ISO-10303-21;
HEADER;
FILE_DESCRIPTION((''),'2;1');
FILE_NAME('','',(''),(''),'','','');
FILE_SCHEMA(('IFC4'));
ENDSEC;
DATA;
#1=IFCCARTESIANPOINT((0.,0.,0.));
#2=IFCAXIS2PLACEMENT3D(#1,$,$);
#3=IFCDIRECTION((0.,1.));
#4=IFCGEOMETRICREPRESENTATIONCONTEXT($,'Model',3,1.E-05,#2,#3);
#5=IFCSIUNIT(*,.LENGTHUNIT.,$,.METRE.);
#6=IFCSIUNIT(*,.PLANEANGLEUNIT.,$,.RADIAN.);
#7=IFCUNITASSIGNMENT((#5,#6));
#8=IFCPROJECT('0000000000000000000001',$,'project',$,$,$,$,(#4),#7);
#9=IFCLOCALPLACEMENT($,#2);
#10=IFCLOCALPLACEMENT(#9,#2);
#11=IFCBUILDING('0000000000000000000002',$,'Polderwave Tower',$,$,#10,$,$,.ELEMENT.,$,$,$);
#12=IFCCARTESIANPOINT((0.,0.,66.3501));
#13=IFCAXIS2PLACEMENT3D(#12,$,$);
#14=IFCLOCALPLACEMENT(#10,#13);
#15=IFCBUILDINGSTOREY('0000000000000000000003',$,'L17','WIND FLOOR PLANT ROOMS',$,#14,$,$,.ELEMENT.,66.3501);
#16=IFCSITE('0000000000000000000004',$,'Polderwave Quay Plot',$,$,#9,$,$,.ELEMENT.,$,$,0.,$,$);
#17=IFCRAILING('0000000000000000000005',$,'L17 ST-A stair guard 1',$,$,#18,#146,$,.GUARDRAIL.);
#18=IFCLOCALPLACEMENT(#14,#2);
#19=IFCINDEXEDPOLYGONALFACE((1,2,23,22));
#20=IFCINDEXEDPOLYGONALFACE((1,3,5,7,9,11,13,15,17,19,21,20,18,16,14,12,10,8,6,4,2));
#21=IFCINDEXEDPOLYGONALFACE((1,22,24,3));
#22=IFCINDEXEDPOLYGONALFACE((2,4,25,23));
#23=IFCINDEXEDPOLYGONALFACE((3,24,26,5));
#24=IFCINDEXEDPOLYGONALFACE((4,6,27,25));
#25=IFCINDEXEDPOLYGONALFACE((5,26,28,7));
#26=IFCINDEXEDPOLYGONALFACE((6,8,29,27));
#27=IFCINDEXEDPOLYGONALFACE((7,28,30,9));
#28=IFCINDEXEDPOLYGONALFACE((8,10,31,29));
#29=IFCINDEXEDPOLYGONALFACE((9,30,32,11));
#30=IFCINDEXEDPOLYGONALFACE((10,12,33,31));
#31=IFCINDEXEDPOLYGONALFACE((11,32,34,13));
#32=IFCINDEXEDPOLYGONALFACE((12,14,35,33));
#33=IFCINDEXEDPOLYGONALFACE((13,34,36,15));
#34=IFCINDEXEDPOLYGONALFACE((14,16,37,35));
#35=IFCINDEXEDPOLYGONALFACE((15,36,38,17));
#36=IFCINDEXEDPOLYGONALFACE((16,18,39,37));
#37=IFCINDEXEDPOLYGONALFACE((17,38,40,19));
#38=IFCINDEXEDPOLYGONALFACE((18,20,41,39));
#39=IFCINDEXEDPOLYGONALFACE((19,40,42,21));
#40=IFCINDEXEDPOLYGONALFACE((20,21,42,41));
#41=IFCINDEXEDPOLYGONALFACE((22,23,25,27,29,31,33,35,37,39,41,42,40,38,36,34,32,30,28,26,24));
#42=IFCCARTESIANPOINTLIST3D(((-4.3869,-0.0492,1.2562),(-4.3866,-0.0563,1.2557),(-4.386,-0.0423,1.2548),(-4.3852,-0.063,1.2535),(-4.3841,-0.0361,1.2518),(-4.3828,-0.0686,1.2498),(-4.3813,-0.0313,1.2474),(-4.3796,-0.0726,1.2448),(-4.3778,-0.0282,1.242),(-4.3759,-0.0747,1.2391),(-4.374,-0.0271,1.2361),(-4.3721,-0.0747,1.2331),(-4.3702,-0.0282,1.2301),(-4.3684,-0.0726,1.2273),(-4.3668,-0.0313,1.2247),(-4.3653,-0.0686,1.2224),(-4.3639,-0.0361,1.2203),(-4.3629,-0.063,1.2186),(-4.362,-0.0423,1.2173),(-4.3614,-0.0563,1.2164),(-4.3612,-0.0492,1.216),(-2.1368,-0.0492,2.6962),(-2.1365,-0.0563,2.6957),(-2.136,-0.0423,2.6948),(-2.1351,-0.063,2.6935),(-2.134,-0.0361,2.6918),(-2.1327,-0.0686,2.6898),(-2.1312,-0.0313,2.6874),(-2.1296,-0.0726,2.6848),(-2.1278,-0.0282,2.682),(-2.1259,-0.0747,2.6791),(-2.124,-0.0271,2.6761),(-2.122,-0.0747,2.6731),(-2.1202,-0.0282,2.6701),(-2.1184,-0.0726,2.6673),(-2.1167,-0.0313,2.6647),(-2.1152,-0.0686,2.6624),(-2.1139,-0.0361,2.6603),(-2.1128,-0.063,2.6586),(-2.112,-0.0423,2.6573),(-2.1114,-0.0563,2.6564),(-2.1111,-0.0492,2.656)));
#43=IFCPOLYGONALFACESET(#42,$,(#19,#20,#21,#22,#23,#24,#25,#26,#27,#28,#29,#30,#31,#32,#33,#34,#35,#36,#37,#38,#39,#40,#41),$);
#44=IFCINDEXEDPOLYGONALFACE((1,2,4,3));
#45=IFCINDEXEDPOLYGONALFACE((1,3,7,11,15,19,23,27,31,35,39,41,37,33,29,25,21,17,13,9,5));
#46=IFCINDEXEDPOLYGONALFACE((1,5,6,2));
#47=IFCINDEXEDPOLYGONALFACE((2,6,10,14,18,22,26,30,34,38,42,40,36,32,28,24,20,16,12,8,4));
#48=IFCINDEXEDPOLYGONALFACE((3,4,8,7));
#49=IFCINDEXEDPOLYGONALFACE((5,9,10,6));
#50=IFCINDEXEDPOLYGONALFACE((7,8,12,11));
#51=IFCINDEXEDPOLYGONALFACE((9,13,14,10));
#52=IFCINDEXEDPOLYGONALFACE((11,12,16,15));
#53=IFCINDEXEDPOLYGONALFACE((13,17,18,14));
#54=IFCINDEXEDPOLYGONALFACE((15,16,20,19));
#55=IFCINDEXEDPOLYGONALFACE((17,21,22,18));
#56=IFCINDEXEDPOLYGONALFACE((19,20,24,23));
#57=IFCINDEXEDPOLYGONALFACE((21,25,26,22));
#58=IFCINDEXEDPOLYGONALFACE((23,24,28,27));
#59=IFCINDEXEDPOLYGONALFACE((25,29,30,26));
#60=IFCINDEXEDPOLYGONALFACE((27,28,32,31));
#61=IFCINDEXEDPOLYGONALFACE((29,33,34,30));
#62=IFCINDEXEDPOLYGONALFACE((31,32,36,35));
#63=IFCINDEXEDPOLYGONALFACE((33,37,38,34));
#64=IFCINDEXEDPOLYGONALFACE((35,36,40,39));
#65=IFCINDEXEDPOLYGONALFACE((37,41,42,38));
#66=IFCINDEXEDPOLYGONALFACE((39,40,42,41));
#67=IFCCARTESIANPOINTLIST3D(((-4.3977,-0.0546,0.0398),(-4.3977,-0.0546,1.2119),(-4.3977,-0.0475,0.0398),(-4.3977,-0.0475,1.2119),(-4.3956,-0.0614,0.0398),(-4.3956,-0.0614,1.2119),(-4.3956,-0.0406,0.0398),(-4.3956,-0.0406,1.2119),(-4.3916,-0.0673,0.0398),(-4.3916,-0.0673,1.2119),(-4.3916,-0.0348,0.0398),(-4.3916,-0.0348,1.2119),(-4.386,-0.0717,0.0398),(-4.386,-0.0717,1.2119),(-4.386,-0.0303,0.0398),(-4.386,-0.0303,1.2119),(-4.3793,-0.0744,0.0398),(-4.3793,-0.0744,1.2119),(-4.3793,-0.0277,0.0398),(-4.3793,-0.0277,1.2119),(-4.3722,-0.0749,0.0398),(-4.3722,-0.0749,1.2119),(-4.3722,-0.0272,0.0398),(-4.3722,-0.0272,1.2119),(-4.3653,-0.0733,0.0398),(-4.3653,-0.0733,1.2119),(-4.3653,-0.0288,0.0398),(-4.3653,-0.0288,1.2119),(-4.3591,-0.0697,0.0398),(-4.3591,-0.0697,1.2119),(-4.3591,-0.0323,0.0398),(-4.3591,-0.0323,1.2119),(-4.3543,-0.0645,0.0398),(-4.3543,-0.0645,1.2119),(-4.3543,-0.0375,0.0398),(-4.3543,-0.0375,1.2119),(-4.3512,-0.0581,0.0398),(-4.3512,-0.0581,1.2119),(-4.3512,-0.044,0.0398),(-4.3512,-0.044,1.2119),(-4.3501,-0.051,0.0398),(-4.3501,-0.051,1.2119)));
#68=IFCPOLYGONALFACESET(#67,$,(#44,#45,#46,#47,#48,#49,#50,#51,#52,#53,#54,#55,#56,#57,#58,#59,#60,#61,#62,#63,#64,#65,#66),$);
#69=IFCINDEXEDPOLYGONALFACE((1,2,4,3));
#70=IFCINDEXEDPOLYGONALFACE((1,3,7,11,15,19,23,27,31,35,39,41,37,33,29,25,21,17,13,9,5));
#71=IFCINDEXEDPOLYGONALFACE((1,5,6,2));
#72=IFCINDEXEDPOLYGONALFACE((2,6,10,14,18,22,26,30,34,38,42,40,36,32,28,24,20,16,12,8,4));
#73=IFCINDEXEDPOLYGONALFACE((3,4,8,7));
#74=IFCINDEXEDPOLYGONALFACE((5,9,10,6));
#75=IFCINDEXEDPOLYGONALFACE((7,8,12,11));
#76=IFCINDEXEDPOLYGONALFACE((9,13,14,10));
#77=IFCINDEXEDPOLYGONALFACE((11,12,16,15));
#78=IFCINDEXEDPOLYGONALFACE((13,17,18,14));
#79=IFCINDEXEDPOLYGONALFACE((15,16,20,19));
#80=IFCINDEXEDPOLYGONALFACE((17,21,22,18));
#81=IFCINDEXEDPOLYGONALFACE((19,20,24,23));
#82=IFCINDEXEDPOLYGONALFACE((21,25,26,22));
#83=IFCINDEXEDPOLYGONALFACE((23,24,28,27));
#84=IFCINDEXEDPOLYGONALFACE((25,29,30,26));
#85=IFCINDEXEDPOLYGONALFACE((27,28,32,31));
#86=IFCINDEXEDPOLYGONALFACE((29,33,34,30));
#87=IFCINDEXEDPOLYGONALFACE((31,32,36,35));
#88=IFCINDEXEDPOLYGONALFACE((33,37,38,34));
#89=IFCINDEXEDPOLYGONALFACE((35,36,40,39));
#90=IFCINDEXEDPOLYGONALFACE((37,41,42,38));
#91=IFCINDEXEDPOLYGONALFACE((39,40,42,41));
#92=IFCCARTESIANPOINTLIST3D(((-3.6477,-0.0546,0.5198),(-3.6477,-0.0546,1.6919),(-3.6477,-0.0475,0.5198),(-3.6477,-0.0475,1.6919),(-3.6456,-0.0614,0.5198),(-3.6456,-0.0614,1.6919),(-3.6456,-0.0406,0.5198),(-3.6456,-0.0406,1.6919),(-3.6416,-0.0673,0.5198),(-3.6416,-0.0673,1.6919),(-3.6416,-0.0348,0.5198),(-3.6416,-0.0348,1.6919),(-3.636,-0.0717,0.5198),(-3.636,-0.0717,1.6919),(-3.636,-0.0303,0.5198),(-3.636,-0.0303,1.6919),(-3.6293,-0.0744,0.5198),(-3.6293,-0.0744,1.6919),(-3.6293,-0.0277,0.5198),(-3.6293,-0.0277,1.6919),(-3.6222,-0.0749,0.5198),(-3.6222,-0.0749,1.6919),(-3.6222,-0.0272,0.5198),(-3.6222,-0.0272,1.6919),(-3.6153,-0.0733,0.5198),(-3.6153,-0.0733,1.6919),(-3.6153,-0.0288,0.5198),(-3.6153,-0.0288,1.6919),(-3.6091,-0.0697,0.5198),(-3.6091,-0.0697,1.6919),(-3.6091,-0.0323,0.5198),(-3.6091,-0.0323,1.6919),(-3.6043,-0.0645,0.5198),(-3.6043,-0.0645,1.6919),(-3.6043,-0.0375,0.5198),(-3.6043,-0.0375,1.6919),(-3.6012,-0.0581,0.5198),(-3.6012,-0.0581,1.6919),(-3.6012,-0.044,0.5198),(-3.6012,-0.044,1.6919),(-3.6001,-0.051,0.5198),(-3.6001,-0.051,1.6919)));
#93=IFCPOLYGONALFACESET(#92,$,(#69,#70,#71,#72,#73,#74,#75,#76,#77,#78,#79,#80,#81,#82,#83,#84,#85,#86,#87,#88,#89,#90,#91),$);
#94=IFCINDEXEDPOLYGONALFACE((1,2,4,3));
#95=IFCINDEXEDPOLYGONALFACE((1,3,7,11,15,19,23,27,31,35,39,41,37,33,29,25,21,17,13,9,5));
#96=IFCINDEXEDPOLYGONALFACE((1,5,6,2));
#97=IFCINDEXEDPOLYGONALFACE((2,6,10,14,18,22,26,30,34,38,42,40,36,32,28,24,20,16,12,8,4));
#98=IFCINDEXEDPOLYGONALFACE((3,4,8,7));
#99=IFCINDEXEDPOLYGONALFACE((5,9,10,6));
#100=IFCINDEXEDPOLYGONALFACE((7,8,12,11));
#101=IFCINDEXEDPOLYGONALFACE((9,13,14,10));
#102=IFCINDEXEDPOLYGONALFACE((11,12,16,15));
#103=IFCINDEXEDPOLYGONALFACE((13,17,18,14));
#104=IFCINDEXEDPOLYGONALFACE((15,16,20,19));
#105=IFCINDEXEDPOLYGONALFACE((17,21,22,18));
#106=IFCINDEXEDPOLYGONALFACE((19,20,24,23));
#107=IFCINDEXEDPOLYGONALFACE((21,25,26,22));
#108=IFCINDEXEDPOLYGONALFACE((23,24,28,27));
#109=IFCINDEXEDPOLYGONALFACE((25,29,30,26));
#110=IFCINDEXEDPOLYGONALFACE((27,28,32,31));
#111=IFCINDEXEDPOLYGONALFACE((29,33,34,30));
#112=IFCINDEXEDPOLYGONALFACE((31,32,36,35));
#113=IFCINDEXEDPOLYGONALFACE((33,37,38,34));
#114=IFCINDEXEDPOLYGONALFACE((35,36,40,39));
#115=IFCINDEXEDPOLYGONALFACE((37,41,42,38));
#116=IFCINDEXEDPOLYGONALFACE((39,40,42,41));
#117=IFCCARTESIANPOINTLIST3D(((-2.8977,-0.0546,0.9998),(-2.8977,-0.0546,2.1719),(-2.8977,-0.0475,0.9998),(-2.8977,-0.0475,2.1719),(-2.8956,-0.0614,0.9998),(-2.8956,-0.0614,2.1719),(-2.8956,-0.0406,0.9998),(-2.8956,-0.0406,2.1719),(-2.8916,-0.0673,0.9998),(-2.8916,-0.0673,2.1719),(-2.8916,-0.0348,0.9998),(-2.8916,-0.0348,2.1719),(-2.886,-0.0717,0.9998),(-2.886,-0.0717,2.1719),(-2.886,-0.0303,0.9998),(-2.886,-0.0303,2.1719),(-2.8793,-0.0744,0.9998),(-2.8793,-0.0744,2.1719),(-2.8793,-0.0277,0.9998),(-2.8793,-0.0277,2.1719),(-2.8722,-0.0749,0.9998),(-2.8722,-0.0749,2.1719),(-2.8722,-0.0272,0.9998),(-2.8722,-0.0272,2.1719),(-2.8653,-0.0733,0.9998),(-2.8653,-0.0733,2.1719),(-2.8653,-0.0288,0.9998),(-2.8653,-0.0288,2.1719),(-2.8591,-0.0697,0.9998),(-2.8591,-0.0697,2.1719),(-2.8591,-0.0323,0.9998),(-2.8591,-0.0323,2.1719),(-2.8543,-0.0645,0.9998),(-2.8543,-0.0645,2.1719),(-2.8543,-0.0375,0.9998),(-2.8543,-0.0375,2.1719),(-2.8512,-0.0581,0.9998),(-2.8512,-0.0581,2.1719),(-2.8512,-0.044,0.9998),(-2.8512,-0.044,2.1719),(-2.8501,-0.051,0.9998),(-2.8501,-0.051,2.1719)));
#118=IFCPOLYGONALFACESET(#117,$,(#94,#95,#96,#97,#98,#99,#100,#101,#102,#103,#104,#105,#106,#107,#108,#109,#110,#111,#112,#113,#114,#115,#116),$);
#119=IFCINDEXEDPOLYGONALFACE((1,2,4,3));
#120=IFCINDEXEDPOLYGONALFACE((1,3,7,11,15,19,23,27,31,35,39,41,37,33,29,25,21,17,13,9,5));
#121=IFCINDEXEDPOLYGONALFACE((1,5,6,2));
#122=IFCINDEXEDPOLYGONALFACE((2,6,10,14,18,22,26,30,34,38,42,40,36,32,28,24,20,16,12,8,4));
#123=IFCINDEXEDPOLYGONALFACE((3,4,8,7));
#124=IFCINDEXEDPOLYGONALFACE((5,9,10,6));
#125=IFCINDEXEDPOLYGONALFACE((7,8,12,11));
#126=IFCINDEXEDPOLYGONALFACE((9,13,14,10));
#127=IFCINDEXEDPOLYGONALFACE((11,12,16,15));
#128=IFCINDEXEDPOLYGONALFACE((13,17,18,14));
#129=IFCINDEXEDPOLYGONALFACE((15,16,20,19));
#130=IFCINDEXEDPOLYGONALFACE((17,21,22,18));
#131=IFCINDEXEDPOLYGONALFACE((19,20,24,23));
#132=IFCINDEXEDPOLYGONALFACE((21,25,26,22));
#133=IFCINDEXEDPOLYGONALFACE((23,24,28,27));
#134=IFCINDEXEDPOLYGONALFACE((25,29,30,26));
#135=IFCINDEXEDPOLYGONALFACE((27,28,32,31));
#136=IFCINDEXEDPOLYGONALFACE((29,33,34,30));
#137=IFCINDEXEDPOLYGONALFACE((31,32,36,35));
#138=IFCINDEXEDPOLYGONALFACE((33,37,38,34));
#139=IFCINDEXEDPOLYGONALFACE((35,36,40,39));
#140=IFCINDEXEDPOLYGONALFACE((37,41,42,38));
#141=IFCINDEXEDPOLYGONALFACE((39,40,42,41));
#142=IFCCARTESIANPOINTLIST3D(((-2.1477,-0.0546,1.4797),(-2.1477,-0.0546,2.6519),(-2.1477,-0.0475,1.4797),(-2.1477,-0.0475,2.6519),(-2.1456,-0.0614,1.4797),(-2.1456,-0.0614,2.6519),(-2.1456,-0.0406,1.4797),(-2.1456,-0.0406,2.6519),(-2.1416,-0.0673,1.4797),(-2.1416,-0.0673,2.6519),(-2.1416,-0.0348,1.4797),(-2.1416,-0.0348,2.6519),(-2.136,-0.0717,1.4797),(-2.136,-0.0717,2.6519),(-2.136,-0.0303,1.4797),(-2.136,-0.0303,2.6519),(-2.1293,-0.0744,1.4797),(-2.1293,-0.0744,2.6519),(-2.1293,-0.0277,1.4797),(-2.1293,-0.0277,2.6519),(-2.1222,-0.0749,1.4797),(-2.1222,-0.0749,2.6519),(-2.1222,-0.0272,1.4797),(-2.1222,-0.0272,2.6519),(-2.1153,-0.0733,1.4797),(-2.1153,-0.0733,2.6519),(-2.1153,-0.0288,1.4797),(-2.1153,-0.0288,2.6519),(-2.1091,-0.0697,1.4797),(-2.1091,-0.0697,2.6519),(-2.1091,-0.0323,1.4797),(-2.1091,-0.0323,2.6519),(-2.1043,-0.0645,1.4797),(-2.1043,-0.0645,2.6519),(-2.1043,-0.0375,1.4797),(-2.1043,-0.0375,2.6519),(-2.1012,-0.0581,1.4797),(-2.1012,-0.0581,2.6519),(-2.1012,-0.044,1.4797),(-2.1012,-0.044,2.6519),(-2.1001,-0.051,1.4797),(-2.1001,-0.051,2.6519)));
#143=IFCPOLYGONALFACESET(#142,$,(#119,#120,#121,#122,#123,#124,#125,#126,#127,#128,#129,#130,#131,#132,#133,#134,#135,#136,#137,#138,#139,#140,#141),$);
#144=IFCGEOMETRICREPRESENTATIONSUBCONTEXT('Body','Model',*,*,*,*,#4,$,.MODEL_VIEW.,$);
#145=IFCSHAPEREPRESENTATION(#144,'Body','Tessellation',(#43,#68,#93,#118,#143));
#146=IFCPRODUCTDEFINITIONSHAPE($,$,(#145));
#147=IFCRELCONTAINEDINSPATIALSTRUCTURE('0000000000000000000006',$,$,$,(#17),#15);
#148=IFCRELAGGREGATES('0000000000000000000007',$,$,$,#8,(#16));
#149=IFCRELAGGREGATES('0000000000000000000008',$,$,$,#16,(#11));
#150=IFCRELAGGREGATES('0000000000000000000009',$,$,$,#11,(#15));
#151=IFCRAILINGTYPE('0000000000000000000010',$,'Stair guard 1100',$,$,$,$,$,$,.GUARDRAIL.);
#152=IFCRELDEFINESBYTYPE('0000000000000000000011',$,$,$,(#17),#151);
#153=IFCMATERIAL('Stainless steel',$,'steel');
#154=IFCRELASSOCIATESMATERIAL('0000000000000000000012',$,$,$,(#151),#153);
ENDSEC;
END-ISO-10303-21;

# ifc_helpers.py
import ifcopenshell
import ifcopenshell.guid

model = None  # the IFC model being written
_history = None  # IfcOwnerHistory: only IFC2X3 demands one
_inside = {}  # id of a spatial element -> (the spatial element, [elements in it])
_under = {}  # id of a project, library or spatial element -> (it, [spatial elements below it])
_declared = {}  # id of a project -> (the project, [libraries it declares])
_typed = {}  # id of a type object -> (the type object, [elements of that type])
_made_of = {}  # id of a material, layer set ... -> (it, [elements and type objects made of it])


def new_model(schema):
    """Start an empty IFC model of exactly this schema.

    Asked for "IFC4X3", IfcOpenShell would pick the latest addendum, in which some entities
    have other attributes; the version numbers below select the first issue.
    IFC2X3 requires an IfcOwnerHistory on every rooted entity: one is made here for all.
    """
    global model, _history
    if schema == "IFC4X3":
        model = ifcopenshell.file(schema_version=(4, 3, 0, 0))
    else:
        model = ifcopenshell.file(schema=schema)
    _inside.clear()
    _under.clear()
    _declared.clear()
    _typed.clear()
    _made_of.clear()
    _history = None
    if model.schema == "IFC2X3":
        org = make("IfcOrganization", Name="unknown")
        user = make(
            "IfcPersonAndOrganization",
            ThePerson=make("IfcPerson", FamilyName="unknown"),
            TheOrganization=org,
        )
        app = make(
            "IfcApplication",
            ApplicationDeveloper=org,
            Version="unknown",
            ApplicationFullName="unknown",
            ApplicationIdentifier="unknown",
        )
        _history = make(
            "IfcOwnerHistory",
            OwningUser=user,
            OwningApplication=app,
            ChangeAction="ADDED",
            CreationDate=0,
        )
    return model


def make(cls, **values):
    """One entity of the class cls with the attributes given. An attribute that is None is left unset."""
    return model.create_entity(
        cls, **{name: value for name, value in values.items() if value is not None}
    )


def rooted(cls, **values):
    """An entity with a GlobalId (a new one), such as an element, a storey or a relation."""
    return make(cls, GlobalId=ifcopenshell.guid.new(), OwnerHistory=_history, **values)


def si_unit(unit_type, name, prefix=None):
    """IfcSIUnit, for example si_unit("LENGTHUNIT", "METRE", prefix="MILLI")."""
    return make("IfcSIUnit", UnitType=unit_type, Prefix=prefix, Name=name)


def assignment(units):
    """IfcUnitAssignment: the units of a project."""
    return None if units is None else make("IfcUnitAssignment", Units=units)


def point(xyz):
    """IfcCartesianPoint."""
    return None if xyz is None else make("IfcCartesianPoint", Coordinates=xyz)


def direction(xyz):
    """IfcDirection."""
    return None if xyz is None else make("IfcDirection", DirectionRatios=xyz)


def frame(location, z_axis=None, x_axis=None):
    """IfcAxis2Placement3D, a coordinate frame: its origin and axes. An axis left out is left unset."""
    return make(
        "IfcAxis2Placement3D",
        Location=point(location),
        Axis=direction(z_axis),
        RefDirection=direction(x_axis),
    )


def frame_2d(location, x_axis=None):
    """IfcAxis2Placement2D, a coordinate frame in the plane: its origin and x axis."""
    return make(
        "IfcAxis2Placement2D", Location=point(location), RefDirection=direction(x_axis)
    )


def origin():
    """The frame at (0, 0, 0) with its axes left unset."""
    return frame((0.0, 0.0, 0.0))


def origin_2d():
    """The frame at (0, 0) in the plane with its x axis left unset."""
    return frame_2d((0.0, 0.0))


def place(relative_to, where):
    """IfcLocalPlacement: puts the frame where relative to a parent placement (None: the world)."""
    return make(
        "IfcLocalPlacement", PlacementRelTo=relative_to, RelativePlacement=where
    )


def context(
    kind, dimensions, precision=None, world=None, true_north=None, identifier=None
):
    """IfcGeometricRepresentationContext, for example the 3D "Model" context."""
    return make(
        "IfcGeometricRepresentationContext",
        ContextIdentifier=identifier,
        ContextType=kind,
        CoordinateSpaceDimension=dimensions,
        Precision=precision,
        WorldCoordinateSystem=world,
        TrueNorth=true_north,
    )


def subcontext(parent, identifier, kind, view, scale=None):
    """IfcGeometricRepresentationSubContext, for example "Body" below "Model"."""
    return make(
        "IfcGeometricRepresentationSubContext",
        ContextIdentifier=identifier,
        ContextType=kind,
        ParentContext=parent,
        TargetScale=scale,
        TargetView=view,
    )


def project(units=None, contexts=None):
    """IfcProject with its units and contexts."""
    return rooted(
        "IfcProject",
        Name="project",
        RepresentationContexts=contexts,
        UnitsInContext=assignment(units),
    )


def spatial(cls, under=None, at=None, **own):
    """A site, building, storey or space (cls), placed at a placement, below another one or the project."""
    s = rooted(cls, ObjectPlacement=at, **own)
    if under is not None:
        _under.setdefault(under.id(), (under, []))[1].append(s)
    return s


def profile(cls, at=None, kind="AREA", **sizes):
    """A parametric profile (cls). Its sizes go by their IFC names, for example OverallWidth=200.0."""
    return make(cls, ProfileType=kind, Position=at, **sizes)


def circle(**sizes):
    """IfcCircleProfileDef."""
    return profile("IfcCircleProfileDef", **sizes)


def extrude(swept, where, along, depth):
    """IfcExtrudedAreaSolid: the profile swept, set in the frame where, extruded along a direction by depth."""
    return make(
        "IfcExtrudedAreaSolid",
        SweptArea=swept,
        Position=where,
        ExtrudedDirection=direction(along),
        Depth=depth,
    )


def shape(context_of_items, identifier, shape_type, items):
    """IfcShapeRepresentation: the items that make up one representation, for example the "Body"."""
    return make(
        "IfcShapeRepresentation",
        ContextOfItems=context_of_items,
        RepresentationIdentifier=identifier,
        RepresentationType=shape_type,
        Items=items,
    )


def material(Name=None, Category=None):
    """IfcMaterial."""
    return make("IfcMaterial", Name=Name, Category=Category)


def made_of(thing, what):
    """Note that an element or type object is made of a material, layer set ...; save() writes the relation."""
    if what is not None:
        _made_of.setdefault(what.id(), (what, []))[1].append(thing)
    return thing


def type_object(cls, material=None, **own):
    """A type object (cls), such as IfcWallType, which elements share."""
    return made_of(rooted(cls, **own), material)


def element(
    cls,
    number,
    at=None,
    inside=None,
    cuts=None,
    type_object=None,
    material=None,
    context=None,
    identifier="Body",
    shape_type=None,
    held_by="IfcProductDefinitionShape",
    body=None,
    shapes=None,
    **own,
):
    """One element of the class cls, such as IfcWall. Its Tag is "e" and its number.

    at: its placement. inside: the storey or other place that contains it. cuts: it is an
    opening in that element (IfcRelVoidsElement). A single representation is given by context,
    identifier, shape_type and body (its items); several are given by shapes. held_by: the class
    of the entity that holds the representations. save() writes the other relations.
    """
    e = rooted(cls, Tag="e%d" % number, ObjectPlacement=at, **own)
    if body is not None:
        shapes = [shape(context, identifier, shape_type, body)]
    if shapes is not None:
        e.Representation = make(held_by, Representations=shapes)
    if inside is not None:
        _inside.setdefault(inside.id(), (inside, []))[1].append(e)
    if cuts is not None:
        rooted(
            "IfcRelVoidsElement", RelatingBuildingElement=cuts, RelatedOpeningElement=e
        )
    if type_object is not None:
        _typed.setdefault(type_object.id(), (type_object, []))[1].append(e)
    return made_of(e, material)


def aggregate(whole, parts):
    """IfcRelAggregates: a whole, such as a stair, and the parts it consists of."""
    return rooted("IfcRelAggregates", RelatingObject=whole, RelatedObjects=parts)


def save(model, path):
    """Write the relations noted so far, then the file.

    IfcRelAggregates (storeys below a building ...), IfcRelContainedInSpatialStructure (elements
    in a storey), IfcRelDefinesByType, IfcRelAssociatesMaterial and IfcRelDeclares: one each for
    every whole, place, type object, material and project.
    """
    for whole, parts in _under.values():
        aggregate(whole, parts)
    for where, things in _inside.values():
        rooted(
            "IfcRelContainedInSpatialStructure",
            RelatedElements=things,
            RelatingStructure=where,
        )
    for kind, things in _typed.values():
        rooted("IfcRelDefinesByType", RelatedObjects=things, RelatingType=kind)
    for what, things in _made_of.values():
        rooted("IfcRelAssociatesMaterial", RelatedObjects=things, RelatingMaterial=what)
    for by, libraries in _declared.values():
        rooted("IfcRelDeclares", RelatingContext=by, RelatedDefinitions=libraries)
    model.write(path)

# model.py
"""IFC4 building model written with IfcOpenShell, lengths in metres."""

from ifc_helpers import new_model, si_unit, direction, frame, origin, origin_2d, place, context, subcontext, project, spatial, circle, extrude, material, type_object, element, save


model = new_model("IFC4")

# Units and contexts
model_context = context("Model", 3, precision=1e-05, world=origin(), true_north=direction((0.0, 1.0)))
body_context = subcontext(model_context, "Body", "Model", "MODEL_VIEW")
ifc_project = project(units=[si_unit("LENGTHUNIT", "METRE"), si_unit("PLANEANGLEUNIT", "RADIAN")], contexts=[model_context])

# Site, building, storey
site_placement = place(None, origin())
site = spatial("IfcSite", under=ifc_project, at=site_placement, Name="Polderwave Quay Plot", CompositionType="ELEMENT", RefElevation=0.0)
building_placement = place(site_placement, origin())
building = spatial("IfcBuilding", under=site, at=building_placement, Name="Polderwave Tower", CompositionType="ELEMENT")
storey_placement = place(building_placement, frame((0.0, 0.0, 66.3501)))
storey = spatial("IfcBuildingStorey", under=building, at=storey_placement, Name="L17", Description="WIND FLOOR PLANT ROOMS", CompositionType="ELEMENT", Elevation=66.3501)

# Railing
ifc_material_1 = material(Name="Stainless steel", Category="steel")
railing_type_1 = type_object("IfcRailingType", Name="Stair guard 1100", PredefinedType="GUARDRAIL", material=ifc_material_1)
railing_1_placement = place(storey_placement, frame((-4.374, -0.051, 0.0398)))
element("IfcRailing", 1, at=railing_1_placement, inside=storey, type_object=railing_type_1, Name="L17 ST-A stair guard 1", PredefinedType="GUARDRAIL", context=body_context, shape_type="SweptSolid", body=[
    extrude(circle(Radius=0.0239, at=origin_2d()), frame((0.0, 0.0, 1.1963), z_axis=(0.842281, 0.0, 0.539038), x_axis=(0.0, 1.0, 0.0)), (0.0, 0.0, 1.0), 2.6714),
    extrude(circle(Radius=0.0239, at=origin_2d()), origin(), (0.0, 0.0, 1.0), 1.1721),
    extrude(circle(Radius=0.0239, at=origin_2d()), frame((0.75, 0.0, 0.48)), (0.0, 0.0, 1.0), 1.1721),
    extrude(circle(Radius=0.0239, at=origin_2d()), frame((1.5, 0.0, 0.96)), (0.0, 0.0, 1.0), 1.1721),
    extrude(circle(Radius=0.0239, at=origin_2d()), frame((2.25, 0.0, 1.4399)), (0.0, 0.0, 1.0), 1.1721),
])

save(model, "model.ifc")
